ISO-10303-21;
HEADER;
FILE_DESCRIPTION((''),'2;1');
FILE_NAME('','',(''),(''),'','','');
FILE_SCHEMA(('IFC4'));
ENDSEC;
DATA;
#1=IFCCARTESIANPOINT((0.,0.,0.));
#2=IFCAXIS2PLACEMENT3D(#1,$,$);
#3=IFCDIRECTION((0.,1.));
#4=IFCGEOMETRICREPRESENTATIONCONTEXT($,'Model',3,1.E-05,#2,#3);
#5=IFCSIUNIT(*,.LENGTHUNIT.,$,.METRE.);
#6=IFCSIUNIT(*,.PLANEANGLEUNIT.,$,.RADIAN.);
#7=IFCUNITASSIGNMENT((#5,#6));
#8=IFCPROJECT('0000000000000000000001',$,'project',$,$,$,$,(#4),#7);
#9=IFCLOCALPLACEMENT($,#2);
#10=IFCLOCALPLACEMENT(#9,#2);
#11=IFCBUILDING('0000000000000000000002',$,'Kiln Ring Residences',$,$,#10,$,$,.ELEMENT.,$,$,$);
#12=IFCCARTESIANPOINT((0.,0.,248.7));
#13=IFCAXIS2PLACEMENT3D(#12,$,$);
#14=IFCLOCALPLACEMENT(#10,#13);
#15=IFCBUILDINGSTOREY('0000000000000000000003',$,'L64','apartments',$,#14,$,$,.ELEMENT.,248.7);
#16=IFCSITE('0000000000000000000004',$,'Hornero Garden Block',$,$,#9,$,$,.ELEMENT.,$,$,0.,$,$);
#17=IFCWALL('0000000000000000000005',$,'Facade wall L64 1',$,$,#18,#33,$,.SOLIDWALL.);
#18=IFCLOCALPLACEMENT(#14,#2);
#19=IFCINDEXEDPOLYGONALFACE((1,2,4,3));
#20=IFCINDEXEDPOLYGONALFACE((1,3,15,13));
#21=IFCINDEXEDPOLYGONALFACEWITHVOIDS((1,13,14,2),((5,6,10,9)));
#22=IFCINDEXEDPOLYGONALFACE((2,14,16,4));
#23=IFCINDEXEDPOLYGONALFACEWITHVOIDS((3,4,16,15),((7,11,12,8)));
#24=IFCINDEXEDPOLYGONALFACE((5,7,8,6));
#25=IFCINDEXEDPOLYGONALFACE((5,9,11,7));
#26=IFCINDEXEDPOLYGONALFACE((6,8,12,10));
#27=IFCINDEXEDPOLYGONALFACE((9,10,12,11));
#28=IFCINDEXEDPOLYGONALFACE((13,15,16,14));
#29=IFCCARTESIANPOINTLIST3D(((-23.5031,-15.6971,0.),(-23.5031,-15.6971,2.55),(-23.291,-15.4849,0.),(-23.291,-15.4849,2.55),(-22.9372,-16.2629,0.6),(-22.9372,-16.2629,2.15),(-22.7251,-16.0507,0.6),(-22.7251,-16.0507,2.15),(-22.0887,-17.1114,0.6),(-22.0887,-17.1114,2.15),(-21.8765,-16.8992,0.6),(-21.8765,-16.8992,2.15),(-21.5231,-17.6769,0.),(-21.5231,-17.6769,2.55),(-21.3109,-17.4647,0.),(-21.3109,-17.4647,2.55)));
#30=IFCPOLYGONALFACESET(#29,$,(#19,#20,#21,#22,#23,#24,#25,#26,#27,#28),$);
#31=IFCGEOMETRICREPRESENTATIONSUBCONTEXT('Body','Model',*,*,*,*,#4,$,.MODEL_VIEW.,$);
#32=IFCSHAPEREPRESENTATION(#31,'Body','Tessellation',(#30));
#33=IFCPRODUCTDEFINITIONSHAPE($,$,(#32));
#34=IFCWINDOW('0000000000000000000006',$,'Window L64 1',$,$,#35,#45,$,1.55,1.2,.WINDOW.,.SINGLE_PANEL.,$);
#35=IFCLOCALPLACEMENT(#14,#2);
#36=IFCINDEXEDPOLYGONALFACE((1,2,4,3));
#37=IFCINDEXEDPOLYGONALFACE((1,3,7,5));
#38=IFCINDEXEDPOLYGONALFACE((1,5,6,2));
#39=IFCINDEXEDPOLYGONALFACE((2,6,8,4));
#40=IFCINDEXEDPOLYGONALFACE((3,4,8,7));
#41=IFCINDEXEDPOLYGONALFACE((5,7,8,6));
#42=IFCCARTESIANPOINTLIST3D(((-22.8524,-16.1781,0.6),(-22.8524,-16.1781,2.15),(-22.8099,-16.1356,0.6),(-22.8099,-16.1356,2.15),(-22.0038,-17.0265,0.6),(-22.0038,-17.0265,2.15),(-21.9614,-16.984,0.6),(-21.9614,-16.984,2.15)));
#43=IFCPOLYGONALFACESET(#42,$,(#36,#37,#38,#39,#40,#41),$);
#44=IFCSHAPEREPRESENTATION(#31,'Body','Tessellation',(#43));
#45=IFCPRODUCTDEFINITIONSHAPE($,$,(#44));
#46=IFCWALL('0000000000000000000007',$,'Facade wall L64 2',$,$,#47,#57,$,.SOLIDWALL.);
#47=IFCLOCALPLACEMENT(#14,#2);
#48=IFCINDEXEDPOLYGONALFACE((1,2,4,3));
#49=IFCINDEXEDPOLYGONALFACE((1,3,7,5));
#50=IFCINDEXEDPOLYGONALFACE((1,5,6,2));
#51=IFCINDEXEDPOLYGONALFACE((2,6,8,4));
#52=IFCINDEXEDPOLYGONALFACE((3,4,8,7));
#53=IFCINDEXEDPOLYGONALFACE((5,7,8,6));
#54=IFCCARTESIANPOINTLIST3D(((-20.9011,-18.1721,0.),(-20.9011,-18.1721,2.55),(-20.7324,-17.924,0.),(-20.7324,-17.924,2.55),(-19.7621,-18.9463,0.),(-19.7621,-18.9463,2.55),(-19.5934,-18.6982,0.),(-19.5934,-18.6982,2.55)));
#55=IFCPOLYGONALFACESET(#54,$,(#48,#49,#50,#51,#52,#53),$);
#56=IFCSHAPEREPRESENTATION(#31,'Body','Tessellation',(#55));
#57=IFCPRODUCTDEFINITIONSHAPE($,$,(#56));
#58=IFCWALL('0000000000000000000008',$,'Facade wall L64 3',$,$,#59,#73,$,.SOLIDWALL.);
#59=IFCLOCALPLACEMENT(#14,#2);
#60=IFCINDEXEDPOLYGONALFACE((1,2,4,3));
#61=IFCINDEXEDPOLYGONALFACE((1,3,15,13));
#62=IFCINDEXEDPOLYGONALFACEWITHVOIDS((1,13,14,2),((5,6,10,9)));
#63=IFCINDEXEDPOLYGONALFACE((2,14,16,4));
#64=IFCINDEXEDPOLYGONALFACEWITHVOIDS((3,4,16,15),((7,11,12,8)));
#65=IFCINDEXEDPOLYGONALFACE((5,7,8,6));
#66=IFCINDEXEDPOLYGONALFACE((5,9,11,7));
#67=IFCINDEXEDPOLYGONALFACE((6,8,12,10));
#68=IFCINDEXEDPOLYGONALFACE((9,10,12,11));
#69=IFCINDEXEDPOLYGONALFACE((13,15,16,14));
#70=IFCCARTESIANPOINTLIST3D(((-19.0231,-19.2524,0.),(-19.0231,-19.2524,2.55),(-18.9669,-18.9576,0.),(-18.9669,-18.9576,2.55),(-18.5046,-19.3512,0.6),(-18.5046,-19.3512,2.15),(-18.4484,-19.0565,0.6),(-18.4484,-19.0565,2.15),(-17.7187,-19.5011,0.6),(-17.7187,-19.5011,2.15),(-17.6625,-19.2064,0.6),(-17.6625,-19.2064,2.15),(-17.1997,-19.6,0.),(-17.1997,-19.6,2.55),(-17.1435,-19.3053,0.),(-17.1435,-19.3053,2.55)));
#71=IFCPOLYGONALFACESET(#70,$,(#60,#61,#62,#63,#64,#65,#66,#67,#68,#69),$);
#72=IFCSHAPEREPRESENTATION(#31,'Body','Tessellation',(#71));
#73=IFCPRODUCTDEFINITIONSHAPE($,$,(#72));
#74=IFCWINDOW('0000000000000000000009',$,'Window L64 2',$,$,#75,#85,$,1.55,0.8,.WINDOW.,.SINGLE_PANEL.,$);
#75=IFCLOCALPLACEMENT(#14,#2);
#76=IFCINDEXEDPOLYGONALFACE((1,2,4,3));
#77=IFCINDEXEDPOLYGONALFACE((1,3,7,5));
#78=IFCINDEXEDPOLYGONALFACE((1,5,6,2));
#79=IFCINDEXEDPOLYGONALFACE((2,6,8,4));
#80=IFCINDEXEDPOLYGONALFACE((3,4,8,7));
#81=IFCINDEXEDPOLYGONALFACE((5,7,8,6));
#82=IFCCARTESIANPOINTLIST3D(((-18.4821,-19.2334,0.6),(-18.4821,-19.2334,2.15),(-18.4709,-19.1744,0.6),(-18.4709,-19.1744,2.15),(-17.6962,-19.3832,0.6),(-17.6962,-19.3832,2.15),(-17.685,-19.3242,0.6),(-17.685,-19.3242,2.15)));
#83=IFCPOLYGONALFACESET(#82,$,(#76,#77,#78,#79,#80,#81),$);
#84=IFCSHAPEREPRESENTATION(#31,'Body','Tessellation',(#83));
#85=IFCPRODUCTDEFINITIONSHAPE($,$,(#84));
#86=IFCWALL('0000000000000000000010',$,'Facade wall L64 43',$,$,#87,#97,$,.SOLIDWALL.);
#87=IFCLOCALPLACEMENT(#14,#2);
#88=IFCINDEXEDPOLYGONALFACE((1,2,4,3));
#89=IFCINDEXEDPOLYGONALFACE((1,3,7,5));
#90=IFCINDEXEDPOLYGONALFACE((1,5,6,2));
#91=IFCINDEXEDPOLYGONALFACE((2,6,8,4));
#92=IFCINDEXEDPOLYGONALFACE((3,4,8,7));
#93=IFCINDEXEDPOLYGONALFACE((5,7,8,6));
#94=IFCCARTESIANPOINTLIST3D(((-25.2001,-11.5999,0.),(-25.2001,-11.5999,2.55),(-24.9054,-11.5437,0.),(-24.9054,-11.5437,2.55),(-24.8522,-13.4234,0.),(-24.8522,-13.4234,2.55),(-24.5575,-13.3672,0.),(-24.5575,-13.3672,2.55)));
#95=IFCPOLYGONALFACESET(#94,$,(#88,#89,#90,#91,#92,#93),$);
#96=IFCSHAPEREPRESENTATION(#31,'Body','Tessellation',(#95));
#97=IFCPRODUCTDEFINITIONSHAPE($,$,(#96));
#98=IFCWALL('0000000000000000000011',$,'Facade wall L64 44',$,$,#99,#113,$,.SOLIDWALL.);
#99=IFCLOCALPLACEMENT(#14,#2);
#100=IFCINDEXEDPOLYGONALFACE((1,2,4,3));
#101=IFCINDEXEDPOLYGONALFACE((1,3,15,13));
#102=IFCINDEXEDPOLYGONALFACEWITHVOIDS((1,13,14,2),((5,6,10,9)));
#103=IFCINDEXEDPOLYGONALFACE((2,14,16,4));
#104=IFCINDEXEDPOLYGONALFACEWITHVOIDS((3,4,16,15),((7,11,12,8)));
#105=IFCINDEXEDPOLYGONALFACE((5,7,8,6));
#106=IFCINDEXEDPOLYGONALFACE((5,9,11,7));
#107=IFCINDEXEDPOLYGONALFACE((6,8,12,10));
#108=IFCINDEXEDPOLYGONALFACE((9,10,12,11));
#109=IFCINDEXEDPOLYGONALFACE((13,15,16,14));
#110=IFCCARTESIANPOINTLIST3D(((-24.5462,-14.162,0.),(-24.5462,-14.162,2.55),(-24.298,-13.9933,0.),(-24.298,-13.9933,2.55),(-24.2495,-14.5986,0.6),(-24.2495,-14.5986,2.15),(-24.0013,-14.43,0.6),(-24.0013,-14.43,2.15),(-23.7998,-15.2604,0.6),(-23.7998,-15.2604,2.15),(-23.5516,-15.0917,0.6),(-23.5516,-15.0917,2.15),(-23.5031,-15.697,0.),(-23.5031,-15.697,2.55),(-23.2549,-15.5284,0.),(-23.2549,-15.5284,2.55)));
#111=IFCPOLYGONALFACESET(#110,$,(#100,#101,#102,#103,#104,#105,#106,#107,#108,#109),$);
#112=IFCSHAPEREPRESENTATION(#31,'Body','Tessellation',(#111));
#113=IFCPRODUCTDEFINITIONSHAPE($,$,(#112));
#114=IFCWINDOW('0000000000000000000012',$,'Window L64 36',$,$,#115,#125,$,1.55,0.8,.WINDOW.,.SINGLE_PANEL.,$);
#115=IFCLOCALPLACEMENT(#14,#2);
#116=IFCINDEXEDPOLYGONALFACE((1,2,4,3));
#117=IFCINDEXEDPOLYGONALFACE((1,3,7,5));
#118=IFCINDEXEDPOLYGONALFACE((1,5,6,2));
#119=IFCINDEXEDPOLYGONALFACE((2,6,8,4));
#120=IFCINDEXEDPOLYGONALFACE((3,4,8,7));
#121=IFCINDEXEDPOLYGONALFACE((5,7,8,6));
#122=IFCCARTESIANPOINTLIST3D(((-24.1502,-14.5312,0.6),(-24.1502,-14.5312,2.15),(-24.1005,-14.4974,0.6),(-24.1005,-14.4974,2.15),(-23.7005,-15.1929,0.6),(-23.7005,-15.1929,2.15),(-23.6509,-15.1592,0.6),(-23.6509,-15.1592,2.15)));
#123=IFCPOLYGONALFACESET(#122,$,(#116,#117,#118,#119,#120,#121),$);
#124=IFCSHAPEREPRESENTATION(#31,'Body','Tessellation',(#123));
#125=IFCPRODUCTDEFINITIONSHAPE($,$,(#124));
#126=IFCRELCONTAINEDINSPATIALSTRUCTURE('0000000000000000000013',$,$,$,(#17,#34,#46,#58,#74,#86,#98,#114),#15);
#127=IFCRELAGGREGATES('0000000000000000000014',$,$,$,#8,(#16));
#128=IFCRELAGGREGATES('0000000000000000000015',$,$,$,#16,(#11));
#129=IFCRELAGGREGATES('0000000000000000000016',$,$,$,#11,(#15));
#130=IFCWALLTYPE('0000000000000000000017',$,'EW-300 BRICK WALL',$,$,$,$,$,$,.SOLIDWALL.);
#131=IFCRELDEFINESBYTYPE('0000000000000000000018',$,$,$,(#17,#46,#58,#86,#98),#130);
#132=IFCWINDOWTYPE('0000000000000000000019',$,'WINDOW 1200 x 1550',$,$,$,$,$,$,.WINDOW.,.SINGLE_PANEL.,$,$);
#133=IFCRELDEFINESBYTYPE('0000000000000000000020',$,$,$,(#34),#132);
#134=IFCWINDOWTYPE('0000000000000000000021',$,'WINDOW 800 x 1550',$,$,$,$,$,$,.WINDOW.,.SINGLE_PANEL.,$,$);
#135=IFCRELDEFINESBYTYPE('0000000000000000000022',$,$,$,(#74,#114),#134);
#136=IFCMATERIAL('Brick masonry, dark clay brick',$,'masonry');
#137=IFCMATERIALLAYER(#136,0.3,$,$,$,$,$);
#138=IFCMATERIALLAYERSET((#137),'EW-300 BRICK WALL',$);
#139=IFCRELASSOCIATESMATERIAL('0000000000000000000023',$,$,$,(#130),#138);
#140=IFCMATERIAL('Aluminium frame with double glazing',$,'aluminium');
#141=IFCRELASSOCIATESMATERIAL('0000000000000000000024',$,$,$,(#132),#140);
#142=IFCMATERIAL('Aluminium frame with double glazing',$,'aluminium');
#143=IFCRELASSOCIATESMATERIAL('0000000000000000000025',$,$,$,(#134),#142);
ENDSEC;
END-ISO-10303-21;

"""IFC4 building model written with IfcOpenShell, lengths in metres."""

from ifc_helpers import new_model, si_unit, direction, frame, frame_2d, origin, place, context, subcontext, project, spatial, rectangle, extrude, material, layer, layer_set, type_object, element, fill, save


model = new_model("IFC4")

# Units and contexts
model_context = context("Model", 3, precision=1e-05, world=origin(), true_north=direction((0.0, 1.0)))
body_context = subcontext(model_context, "Body", "Model", "MODEL_VIEW")
ifc_project = project(units=[si_unit("LENGTHUNIT", "METRE"), si_unit("PLANEANGLEUNIT", "RADIAN")], contexts=[model_context])

# Site, building, storey
site_placement = place(None, origin())
site = spatial("IfcSite", under=ifc_project, at=site_placement, Name="Hornero Garden Block", CompositionType="ELEMENT", RefElevation=0.0)
building_placement = place(site_placement, origin())
building = spatial("IfcBuilding", under=site, at=building_placement, Name="Kiln Ring Residences", CompositionType="ELEMENT")
storey_placement = place(building_placement, frame((0.0, 0.0, 248.7)))
storey = spatial("IfcBuildingStorey", under=building, at=storey_placement, Name="L64", Description="apartments", CompositionType="ELEMENT", Elevation=248.7)

# Wall, opening, window
ifc_material_1 = material(Name="Brick masonry, dark clay brick", Category="masonry")
ifc_layer_1 = layer(ifc_material_1, 0.3)
ifc_layer_set_1 = layer_set([ifc_layer_1], Name="EW-300 BRICK WALL")
wall_type_1 = type_object("IfcWallType", Name="EW-300 BRICK WALL", PredefinedType="SOLIDWALL", material=ifc_layer_set_1)
wall_1_placement = place(storey_placement, frame((-23.397, -15.5911, 0.0), z_axis=(0.0, 0.0, 1.0), x_axis=(0.70715, -0.707063, 0.0)))
wall_1 = element("IfcWall", 1, at=wall_1_placement, inside=storey, type_object=wall_type_1, Name="Facade wall L64 1", PredefinedType="SOLIDWALL", context=body_context, shape_type="SweptSolid", body=[
    extrude(rectangle(XDim=2.8, YDim=0.3, at=frame_2d((1.3999, 0.0))), origin(), (0.0, 0.0, 1.0), 2.55),
])
opening_1_placement = place(wall_1_placement, frame((0.8, 0.0, 0.6001)))
opening_1 = element("IfcOpeningElement", 2, at=opening_1_placement, cuts=wall_1, PredefinedType="OPENING", context=body_context, shape_type="SweptSolid", body=[
    extrude(rectangle(XDim=1.2, YDim=1.55, at=frame_2d((0.6001, 0.7749))), frame((0.0, 0.1599, 0.0), z_axis=(0.0, -1.0, 0.0), x_axis=(1.0, 0.0, 0.0)), (0.0, 0.0, 1.0), 0.3201),
])
ifc_material_2 = material(Name="Aluminium frame with double glazing", Category="aluminium")
window_type_1 = type_object("IfcWindowType", Name="WINDOW 1200 x 1550", PartitioningType="SINGLE_PANEL", PredefinedType="WINDOW", material=ifc_material_2)
window_1_placement = place(opening_1_placement, origin())
window_1 = element("IfcWindow", 3, at=window_1_placement, inside=storey, type_object=window_type_1, Name="Window L64 1", OverallHeight=1.55, OverallWidth=1.2, PartitioningType="SINGLE_PANEL", PredefinedType="WINDOW", context=body_context, shape_type="SweptSolid", body=[
    extrude(rectangle(XDim=1.2, YDim=1.55, at=frame_2d((0.6001, 0.7749))), frame((0.0, 0.03, 0.0), z_axis=(0.0, -1.0, 0.0), x_axis=(1.0, 0.0, 0.0)), (0.0, 0.0, 1.0), 0.0601),
])
fill(opening_1, window_1)

# Wall
wall_2_placement = place(storey_placement, frame((-20.8167, -18.0481, 0.0), z_axis=(0.0, 0.0, 1.0), x_axis=(0.827025, -0.562165, 0.0)))
element("IfcWall", 4, at=wall_2_placement, inside=storey, type_object=wall_type_1, Name="Facade wall L64 2", PredefinedType="SOLIDWALL", context=body_context, shape_type="SweptSolid", body=[
    extrude(rectangle(XDim=1.3772, YDim=0.3, at=frame_2d((0.6885, 0.0))), origin(), (0.0, 0.0, 1.0), 2.55),
])

# Wall, opening, window
wall_3_placement = place(storey_placement, frame((-18.9951, -19.105, 0.0), z_axis=(0.0, 0.0, 1.0), x_axis=(0.982302, -0.187306, 0.0)))
wall_3 = element("IfcWall", 5, at=wall_3_placement, inside=storey, type_object=wall_type_1, Name="Facade wall L64 3", PredefinedType="SOLIDWALL", context=body_context, shape_type="SweptSolid", body=[
    extrude(rectangle(XDim=1.8562, YDim=0.3, at=frame_2d((0.9282, 0.0))), origin(), (0.0, 0.0, 1.0), 2.55),
])
opening_2_placement = place(wall_3_placement, frame((0.5281, 0.0, 0.6001)))
opening_2 = element("IfcOpeningElement", 6, at=opening_2_placement, cuts=wall_3, PredefinedType="OPENING", context=body_context, shape_type="SweptSolid", body=[
    extrude(rectangle(XDim=0.8, YDim=1.55, at=frame_2d((0.3999, 0.7749))), frame((0.0, 0.1599, 0.0), z_axis=(0.0, -1.0, 0.0), x_axis=(1.0, 0.0, 0.0)), (0.0, 0.0, 1.0), 0.3201),
])
ifc_material_3 = material(Name="Aluminium frame with double glazing", Category="aluminium")
window_type_2 = type_object("IfcWindowType", Name="WINDOW 800 x 1550", PartitioningType="SINGLE_PANEL", PredefinedType="WINDOW", material=ifc_material_3)
window_2_placement = place(opening_2_placement, origin())
window_2 = element("IfcWindow", 7, at=window_2_placement, inside=storey, type_object=window_type_2, Name="Window L64 2", OverallHeight=1.55, OverallWidth=0.8, PartitioningType="SINGLE_PANEL", PredefinedType="WINDOW", context=body_context, shape_type="SweptSolid", body=[
    extrude(rectangle(XDim=0.8, YDim=1.55, at=frame_2d((0.3999, 0.7749))), frame((0.0, 0.03, 0.0), z_axis=(0.0, -1.0, 0.0), x_axis=(1.0, 0.0, 0.0)), (0.0, 0.0, 1.0), 0.0601),
])
fill(opening_2, window_2)

# Wall
wall_4_placement = place(storey_placement, frame((-25.0527, -11.5718, 0.0), z_axis=(0.0, 0.0, 1.0), x_axis=(0.187408, -0.982282, 0.0)))
element("IfcWall", 8, at=wall_4_placement, inside=storey, type_object=wall_type_1, Name="Facade wall L64 43", PredefinedType="SOLIDWALL", context=body_context, shape_type="SweptSolid", body=[
    extrude(rectangle(XDim=1.8564, YDim=0.3, at=frame_2d((0.9282, 0.0))), origin(), (0.0, 0.0, 1.0), 2.55),
])

# Wall, opening, window
wall_5_placement = place(storey_placement, frame((-24.4221, -14.0776, 0.0), z_axis=(0.0, 0.0, 1.0), x_axis=(0.562055, -0.8271, 0.0)))
wall_5 = element("IfcWall", 9, at=wall_5_placement, inside=storey, type_object=wall_type_1, Name="Facade wall L64 44", PredefinedType="SOLIDWALL", context=body_context, shape_type="SweptSolid", body=[
    extrude(rectangle(XDim=1.856, YDim=0.3, at=frame_2d((0.928, 0.0))), origin(), (0.0, 0.0, 1.0), 2.55),
])
opening_3_placement = place(wall_5_placement, frame((0.5281, 0.0, 0.6001)))
opening_3 = element("IfcOpeningElement", 10, at=opening_3_placement, cuts=wall_5, PredefinedType="OPENING", context=body_context, shape_type="SweptSolid", body=[
    extrude(rectangle(XDim=0.8, YDim=1.55, at=frame_2d((0.3999, 0.7749))), frame((0.0, 0.1599, 0.0), z_axis=(0.0, -1.0, 0.0), x_axis=(1.0, 0.0, 0.0)), (0.0, 0.0, 1.0), 0.3201),
])
window_3_placement = place(opening_3_placement, origin())
window_3 = element("IfcWindow", 11, at=window_3_placement, inside=storey, type_object=window_type_2, Name="Window L64 36", OverallHeight=1.55, OverallWidth=0.8, PartitioningType="SINGLE_PANEL", PredefinedType="WINDOW", context=body_context, shape_type="SweptSolid", body=[
    extrude(rectangle(XDim=0.8, YDim=1.55, at=frame_2d((0.3999, 0.7749))), frame((0.0, 0.03, 0.0), z_axis=(0.0, -1.0, 0.0), x_axis=(1.0, 0.0, 0.0)), (0.0, 0.0, 1.0), 0.0601),
])
fill(opening_3, window_3)

save(model, "model.ifc")
